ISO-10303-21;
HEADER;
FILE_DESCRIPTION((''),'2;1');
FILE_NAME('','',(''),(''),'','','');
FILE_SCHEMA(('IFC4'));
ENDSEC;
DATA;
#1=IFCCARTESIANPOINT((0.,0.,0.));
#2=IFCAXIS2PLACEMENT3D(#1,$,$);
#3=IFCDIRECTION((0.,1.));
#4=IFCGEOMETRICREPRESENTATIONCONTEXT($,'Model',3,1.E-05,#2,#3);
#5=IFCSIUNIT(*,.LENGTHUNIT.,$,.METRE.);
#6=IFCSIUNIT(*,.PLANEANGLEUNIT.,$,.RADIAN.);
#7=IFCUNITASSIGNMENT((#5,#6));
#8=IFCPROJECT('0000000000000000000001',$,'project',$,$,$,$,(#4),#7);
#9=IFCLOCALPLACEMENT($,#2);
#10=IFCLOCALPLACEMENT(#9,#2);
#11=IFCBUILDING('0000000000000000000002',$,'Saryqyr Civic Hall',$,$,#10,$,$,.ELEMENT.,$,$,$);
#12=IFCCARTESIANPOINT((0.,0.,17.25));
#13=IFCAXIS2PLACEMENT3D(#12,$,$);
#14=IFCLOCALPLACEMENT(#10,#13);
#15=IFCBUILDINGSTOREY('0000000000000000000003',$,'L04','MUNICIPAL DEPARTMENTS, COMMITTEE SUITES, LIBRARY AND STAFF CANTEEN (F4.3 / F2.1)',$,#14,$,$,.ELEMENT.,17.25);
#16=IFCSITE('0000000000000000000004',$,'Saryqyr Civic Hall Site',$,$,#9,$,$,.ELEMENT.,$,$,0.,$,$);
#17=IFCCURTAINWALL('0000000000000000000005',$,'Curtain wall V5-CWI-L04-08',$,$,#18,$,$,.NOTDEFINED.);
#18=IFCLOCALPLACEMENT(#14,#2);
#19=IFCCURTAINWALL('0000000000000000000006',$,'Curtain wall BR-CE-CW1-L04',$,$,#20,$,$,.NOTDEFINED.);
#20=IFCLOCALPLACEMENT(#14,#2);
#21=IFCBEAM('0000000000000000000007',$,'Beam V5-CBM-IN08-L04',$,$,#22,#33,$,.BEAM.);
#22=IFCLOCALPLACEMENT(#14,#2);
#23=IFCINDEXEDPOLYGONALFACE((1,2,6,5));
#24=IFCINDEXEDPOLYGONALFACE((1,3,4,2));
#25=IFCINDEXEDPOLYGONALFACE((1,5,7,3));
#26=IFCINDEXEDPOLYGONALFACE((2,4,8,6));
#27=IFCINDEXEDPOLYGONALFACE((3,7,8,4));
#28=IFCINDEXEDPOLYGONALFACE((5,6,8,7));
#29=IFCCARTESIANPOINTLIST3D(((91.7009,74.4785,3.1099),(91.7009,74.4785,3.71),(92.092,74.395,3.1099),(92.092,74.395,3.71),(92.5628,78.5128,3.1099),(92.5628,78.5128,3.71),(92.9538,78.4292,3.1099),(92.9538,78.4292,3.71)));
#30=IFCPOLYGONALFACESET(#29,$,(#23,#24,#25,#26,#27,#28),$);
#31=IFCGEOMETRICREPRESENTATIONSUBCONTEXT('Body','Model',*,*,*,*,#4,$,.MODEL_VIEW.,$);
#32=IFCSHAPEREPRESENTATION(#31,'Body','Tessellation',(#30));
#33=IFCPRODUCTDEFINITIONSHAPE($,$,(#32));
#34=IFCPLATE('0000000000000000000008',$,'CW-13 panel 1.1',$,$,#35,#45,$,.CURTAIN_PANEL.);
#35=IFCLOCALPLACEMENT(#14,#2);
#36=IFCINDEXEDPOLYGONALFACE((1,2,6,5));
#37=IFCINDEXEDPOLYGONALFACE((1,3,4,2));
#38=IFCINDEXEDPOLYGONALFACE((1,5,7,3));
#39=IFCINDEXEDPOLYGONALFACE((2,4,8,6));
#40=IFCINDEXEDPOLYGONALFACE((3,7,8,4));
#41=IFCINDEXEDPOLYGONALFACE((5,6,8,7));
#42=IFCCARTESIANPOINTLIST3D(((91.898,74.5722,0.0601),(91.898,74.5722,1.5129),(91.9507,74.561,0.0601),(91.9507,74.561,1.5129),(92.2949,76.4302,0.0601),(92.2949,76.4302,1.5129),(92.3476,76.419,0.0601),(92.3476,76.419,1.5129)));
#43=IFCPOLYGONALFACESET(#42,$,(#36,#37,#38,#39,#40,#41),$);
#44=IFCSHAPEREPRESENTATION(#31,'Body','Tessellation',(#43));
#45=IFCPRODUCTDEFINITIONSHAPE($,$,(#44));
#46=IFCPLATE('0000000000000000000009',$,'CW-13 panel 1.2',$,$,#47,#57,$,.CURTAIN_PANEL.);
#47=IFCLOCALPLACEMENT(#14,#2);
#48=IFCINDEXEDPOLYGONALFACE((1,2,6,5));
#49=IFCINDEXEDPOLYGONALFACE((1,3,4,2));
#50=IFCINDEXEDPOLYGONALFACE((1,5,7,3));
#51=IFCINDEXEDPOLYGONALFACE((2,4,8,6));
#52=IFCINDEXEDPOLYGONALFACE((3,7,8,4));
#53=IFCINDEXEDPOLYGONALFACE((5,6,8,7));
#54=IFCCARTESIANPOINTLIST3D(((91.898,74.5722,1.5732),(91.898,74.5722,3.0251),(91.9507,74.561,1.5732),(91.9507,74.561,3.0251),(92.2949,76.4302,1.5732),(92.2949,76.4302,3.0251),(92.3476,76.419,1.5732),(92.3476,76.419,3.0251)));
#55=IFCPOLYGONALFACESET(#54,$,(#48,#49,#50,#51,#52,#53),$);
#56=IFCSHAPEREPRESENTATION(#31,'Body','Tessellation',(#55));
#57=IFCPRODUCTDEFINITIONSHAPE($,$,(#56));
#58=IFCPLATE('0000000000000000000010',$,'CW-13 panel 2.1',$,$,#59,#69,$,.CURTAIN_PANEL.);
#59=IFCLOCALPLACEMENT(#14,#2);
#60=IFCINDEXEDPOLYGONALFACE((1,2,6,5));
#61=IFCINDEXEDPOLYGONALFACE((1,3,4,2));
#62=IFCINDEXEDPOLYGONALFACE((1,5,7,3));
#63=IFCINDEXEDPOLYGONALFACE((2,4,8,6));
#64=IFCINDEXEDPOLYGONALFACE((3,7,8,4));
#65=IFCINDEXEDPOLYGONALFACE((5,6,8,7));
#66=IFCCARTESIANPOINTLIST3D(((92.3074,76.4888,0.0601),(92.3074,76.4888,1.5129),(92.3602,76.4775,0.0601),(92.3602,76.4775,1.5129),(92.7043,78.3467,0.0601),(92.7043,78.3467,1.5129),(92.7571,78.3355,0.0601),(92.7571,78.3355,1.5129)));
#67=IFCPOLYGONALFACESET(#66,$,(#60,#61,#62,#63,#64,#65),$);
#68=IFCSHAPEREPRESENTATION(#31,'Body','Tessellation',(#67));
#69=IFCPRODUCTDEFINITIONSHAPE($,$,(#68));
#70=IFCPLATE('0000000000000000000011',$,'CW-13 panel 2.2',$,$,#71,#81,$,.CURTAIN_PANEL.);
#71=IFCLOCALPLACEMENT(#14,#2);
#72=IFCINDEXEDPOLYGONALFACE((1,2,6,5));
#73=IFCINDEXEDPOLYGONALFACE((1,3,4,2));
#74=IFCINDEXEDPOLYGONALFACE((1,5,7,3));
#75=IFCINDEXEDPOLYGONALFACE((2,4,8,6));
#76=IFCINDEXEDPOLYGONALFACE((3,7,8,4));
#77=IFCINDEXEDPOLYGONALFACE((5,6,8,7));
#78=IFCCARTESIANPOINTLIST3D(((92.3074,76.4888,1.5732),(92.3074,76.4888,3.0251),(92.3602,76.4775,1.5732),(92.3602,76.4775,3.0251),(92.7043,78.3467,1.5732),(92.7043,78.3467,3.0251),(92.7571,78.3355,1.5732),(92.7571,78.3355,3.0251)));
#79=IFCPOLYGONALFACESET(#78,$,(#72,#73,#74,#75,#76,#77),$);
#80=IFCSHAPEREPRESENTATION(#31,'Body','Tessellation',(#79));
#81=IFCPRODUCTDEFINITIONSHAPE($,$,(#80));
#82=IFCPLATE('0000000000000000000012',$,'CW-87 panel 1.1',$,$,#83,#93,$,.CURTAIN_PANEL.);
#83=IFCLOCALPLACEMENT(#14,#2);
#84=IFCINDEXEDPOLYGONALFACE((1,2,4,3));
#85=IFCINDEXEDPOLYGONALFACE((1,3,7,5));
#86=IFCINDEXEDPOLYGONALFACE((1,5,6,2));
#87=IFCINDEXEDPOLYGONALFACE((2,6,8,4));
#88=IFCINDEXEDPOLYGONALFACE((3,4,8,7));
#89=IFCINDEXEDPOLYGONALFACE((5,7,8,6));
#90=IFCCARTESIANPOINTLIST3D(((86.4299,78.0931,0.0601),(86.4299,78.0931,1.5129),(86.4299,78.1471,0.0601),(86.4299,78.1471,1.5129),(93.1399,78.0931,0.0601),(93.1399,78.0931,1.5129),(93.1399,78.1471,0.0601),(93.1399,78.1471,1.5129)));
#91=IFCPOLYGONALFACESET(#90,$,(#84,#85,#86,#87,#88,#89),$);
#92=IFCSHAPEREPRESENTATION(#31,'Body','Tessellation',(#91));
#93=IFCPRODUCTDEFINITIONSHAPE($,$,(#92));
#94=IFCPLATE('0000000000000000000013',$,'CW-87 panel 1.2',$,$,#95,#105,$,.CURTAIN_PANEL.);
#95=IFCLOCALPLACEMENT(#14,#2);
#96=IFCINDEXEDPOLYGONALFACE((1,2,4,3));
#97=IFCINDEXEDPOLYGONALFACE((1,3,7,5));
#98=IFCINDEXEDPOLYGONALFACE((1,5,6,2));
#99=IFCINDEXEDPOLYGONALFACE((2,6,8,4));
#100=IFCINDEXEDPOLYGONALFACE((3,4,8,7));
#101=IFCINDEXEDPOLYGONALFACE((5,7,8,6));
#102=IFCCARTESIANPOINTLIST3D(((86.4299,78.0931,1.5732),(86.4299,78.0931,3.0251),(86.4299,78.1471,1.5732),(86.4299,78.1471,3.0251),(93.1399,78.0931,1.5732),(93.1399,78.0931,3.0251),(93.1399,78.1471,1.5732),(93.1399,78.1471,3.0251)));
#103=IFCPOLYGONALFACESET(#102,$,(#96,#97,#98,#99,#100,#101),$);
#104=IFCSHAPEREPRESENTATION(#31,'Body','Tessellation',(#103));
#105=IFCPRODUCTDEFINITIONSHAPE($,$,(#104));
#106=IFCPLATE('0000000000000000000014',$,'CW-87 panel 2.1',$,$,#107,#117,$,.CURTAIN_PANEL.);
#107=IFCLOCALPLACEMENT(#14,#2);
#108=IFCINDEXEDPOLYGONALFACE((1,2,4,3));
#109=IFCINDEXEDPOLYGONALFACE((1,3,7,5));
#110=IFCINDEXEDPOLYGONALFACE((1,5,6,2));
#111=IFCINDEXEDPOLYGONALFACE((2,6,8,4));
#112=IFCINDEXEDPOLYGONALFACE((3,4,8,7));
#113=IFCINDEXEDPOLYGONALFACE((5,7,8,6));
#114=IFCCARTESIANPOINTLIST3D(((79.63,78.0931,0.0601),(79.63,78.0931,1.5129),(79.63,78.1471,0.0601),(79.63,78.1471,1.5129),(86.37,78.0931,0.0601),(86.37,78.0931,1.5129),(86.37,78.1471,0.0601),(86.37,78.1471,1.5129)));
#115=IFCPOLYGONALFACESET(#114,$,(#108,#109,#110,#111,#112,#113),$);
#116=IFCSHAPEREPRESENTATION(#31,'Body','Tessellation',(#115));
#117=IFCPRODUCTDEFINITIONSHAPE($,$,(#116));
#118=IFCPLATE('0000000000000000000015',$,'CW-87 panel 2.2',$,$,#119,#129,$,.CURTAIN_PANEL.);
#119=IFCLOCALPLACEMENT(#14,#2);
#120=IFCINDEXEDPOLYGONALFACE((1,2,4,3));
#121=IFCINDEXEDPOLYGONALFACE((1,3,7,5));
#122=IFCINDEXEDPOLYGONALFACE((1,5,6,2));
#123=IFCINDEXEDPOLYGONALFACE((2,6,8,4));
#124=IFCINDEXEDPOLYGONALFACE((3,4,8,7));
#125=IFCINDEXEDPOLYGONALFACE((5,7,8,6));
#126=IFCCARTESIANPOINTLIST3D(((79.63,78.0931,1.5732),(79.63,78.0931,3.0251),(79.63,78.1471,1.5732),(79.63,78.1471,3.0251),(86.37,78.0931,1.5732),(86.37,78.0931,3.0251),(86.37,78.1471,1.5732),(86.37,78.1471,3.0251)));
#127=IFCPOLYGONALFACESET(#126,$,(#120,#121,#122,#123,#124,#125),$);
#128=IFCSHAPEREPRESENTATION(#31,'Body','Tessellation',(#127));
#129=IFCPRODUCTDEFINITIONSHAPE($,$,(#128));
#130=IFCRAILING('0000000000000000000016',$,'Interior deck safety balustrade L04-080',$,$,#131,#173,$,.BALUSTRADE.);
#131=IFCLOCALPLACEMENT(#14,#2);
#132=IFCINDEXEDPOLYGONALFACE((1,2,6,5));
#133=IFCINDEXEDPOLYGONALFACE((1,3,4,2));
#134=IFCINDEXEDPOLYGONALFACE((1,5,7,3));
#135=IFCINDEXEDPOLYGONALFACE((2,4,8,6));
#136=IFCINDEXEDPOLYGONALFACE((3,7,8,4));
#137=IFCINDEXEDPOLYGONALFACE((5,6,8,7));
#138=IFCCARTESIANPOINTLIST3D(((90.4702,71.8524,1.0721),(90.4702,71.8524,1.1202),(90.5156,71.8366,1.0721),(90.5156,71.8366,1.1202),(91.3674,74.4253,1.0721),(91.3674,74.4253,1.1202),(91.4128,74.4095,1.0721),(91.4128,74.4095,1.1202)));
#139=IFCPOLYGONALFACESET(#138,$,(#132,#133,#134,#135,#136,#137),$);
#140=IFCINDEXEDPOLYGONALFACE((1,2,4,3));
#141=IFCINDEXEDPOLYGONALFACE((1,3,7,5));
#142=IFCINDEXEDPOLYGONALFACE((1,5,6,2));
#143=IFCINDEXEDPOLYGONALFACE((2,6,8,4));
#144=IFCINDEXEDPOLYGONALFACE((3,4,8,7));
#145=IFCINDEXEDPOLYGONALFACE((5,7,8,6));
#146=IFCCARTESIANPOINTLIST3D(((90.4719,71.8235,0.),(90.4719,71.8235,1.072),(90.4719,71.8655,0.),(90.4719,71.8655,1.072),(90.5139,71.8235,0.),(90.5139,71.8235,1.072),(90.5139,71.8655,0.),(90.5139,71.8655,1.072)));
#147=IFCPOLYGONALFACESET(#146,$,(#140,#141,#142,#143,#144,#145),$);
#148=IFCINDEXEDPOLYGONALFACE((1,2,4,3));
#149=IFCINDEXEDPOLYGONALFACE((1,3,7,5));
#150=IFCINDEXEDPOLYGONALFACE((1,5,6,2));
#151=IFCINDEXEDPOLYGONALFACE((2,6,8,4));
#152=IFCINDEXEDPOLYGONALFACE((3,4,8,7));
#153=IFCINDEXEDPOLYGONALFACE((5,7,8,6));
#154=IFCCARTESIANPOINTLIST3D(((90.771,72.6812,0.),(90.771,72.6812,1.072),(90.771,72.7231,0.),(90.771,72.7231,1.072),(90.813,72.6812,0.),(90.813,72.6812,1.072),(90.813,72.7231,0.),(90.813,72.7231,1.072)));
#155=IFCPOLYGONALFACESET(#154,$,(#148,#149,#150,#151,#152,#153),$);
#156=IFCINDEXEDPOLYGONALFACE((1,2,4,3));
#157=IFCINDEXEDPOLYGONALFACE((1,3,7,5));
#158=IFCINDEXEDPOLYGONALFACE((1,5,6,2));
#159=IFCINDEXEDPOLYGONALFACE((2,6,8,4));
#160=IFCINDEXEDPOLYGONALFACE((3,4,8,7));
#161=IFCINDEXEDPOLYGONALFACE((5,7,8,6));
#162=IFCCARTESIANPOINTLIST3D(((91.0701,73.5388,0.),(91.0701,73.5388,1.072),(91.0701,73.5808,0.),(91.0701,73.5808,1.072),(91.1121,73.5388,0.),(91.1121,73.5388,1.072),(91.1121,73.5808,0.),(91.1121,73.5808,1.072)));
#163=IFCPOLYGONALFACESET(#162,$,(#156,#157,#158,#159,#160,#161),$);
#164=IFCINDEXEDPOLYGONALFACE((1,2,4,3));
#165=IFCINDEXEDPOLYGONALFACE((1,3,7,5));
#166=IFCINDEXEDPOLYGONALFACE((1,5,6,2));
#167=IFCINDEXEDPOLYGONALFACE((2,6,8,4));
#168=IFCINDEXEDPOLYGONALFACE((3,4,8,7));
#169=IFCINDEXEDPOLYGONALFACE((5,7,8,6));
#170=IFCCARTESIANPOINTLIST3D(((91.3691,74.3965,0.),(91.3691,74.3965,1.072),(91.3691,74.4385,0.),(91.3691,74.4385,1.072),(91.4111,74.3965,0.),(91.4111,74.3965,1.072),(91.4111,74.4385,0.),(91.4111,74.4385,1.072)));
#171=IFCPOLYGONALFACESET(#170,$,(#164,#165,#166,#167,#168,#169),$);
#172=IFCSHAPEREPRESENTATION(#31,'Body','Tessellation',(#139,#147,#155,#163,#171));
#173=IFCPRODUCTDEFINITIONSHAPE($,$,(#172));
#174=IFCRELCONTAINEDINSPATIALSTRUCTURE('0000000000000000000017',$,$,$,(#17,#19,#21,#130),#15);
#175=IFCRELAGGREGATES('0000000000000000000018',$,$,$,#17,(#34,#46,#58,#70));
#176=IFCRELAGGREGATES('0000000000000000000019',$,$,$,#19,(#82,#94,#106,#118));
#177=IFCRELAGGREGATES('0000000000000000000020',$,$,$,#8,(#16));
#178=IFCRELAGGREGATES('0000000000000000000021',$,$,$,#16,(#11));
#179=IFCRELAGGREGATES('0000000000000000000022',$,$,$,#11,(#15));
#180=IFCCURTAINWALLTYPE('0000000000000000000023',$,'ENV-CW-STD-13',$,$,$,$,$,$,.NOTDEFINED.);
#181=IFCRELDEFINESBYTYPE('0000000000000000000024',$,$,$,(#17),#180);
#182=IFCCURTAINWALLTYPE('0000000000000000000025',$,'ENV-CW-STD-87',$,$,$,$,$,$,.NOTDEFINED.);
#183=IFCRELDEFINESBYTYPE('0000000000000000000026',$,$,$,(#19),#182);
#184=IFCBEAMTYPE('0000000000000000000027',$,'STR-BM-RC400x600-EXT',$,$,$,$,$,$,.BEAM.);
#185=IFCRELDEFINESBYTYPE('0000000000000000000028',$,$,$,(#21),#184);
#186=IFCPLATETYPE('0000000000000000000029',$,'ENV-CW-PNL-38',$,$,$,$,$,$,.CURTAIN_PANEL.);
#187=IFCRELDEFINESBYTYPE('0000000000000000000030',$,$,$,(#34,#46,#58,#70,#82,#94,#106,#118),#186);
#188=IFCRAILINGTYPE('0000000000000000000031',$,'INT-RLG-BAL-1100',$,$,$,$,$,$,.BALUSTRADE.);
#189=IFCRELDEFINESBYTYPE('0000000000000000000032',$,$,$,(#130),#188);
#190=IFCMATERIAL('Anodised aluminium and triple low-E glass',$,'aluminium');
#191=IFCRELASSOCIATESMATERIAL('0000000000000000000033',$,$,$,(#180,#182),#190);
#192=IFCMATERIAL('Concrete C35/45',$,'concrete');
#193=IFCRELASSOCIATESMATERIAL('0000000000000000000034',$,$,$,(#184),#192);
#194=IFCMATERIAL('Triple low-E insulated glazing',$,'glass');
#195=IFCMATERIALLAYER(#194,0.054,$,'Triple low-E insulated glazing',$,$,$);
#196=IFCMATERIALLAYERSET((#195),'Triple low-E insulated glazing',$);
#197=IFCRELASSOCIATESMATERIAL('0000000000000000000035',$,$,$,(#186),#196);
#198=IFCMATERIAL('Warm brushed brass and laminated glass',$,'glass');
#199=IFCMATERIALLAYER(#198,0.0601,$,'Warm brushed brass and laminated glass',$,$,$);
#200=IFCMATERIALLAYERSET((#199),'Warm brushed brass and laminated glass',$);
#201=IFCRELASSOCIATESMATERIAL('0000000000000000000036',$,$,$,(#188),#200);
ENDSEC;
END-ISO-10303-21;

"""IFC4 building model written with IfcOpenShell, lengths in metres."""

from ifc_helpers import new_model, si_unit, direction, frame, origin, origin_2d, place, context, subcontext, project, spatial, rectangle, extrude, material, layer, layer_set, material_profile, profile_set, type_object, element, aggregate, save


model = new_model("IFC4")

# Units and contexts
model_context = context("Model", 3, precision=1e-05, world=origin(), true_north=direction((0.0, 1.0)))
body_context = subcontext(model_context, "Body", "Model", "MODEL_VIEW")
ifc_project = project(units=[si_unit("LENGTHUNIT", "METRE"), si_unit("PLANEANGLEUNIT", "RADIAN")], contexts=[model_context])

# Site, building, storey
site_placement = place(None, origin())
site = spatial("IfcSite", under=ifc_project, at=site_placement, Name="Saryqyr Civic Hall Site", CompositionType="ELEMENT", RefElevation=0.0)
building_placement = place(site_placement, origin())
building = spatial("IfcBuilding", under=site, at=building_placement, Name="Saryqyr Civic Hall", CompositionType="ELEMENT")
storey_placement = place(building_placement, frame((0.0, 0.0, 17.25)))
storey = spatial("IfcBuildingStorey", under=building, at=storey_placement, Name="L04", Description="MUNICIPAL DEPARTMENTS, COMMITTEE SUITES, LIBRARY AND STAFF CANTEEN (F4.3 / F2.1)", CompositionType="ELEMENT", Elevation=17.25)

# Curtain wall
ifc_material_1 = material(Name="Anodised aluminium and triple low-E glass", Category="aluminium")
curtain_wall_type_1 = type_object("IfcCurtainWallType", Name="ENV-CW-STD-13", PredefinedType="NOTDEFINED", material=ifc_material_1)
curtain_wall_1_placement = place(storey_placement, origin())
curtain_wall_1 = element("IfcCurtainWall", 1, at=curtain_wall_1_placement, inside=storey, type_object=curtain_wall_type_1, Name="Curtain wall V5-CWI-L04-08", PredefinedType="NOTDEFINED")

# Curtain wall
curtain_wall_type_2 = type_object("IfcCurtainWallType", Name="ENV-CW-STD-87", PredefinedType="NOTDEFINED", material=ifc_material_1)
curtain_wall_2_placement = place(storey_placement, origin())
curtain_wall_2 = element("IfcCurtainWall", 2, at=curtain_wall_2_placement, inside=storey, type_object=curtain_wall_type_2, Name="Curtain wall BR-CE-CW1-L04", PredefinedType="NOTDEFINED")

# Beam
ifc_material_2 = material(Name="Concrete C35/45", Category="concrete")
ifc_material_profile_1 = material_profile(ifc_material_2, rectangle(XDim=0.3999, YDim=0.6001, at=origin_2d()), Name="RC 400x600")
ifc_profile_set_1 = profile_set([ifc_material_profile_1], Name="Concrete C35/45")
beam_type = type_object("IfcBeamType", Name="STR-BM-RC400x600-EXT", PredefinedType="BEAM", material=ifc_profile_set_1)
beam_placement = place(storey_placement, frame((91.8965, 74.4368, 3.4099), z_axis=(0.208915, 0.977934, 0.0), x_axis=(-0.977934, 0.208915, 0.0)))
element("IfcBeam", 3, at=beam_placement, inside=storey, type_object=beam_type, Name="Beam V5-CBM-IN08-L04", PredefinedType="BEAM", context=body_context, shape_type="SweptSolid", body=[
    extrude(rectangle(XDim=0.3999, YDim=0.6001, at=origin_2d()), origin(), (0.0, 0.0, 1.0), 4.1252),
])

# Plates
ifc_material_3 = material(Name="Triple low-E insulated glazing", Category="glass")
ifc_layer_1 = layer(ifc_material_3, 0.054, Name="Triple low-E insulated glazing")
ifc_layer_set_1 = layer_set([ifc_layer_1], Name="Triple low-E insulated glazing")
plate_type = type_object("IfcPlateType", Name="ENV-CW-PNL-38", PredefinedType="CURTAIN_PANEL", material=ifc_layer_set_1)
plate_1_placement = place(storey_placement, frame((92.1228, 75.4956, 0.0601), z_axis=(0.0, 0.0, 1.0), x_axis=(0.208899, 0.977937, 0.0)))
plate_1 = element("IfcPlate", 4, at=plate_1_placement, type_object=plate_type, Name="CW-13 panel 1.1", PredefinedType="CURTAIN_PANEL", context=body_context, shape_type="SweptSolid", body=[
    extrude(rectangle(XDim=1.8999, YDim=0.054, at=origin_2d()), origin(), (0.0, 0.0, 1.0), 1.4529),
])
plate_2_placement = place(storey_placement, frame((92.1228, 75.4956, 1.5732), z_axis=(0.0, 0.0, 1.0), x_axis=(0.208899, 0.977937, 0.0)))
plate_2 = element("IfcPlate", 5, at=plate_2_placement, type_object=plate_type, Name="CW-13 panel 1.2", PredefinedType="CURTAIN_PANEL", context=body_context, shape_type="SweptSolid", body=[
    extrude(rectangle(XDim=1.8999, YDim=0.054, at=origin_2d()), origin(), (0.0, 0.0, 1.0), 1.4519),
])
plate_3_placement = place(storey_placement, frame((92.5322, 77.4121, 0.0601), z_axis=(0.0, 0.0, 1.0), x_axis=(0.208899, 0.977937, 0.0)))
plate_3 = element("IfcPlate", 6, at=plate_3_placement, type_object=plate_type, Name="CW-13 panel 2.1", PredefinedType="CURTAIN_PANEL", context=body_context, shape_type="SweptSolid", body=[
    extrude(rectangle(XDim=1.8999, YDim=0.054, at=origin_2d()), origin(), (0.0, 0.0, 1.0), 1.4529),
])
plate_4_placement = place(storey_placement, frame((92.5322, 77.4121, 1.5732), z_axis=(0.0, 0.0, 1.0), x_axis=(0.208899, 0.977937, 0.0)))
plate_4 = element("IfcPlate", 7, at=plate_4_placement, type_object=plate_type, Name="CW-13 panel 2.2", PredefinedType="CURTAIN_PANEL", context=body_context, shape_type="SweptSolid", body=[
    extrude(rectangle(XDim=1.8999, YDim=0.054, at=origin_2d()), origin(), (0.0, 0.0, 1.0), 1.4519),
])
aggregate(curtain_wall_1, [plate_1, plate_2, plate_3, plate_4])
plate_5_placement = place(storey_placement, frame((89.7849, 78.1201, 0.0601), z_axis=(0.0, 0.0, 1.0), x_axis=(-1.0, 0.0, 0.0)))
plate_5 = element("IfcPlate", 8, at=plate_5_placement, type_object=plate_type, Name="CW-87 panel 1.1", PredefinedType="CURTAIN_PANEL", context=body_context, shape_type="SweptSolid", body=[
    extrude(rectangle(XDim=6.71, YDim=0.054, at=origin_2d()), origin(), (0.0, 0.0, 1.0), 1.4529),
])
plate_6_placement = place(storey_placement, frame((89.7849, 78.1201, 1.5732), z_axis=(0.0, 0.0, 1.0), x_axis=(-1.0, 0.0, 0.0)))
plate_6 = element("IfcPlate", 9, at=plate_6_placement, type_object=plate_type, Name="CW-87 panel 1.2", PredefinedType="CURTAIN_PANEL", context=body_context, shape_type="SweptSolid", body=[
    extrude(rectangle(XDim=6.71, YDim=0.054, at=origin_2d()), origin(), (0.0, 0.0, 1.0), 1.4519),
])
plate_7_placement = place(storey_placement, frame((83.0, 78.1201, 0.0601), z_axis=(0.0, 0.0, 1.0), x_axis=(-1.0, 0.0, 0.0)))
plate_7 = element("IfcPlate", 10, at=plate_7_placement, type_object=plate_type, Name="CW-87 panel 2.1", PredefinedType="CURTAIN_PANEL", context=body_context, shape_type="SweptSolid", body=[
    extrude(rectangle(XDim=6.74, YDim=0.054, at=origin_2d()), origin(), (0.0, 0.0, 1.0), 1.4529),
])
plate_8_placement = place(storey_placement, frame((83.0, 78.1201, 1.5732), z_axis=(0.0, 0.0, 1.0), x_axis=(-1.0, 0.0, 0.0)))
plate_8 = element("IfcPlate", 11, at=plate_8_placement, type_object=plate_type, Name="CW-87 panel 2.2", PredefinedType="CURTAIN_PANEL", context=body_context, shape_type="SweptSolid", body=[
    extrude(rectangle(XDim=6.74, YDim=0.054, at=origin_2d()), origin(), (0.0, 0.0, 1.0), 1.4519),
])
aggregate(curtain_wall_2, [plate_5, plate_6, plate_7, plate_8])

# Railing
ifc_material_4 = material(Name="Warm brushed brass and laminated glass", Category="glass")
ifc_layer_2 = layer(ifc_material_4, 0.0601, Name="Warm brushed brass and laminated glass")
ifc_layer_set_2 = layer_set([ifc_layer_2], Name="Warm brushed brass and laminated glass")
railing_type = type_object("IfcRailingType", Name="INT-RLG-BAL-1100", PredefinedType="BALUSTRADE", material=ifc_layer_set_2)
railing_1_placement = place(storey_placement, frame((90.4929, 71.8445, 0.0)))
element("IfcRailing", 12, at=railing_1_placement, inside=storey, type_object=railing_type, Name="Interior deck safety balustrade L04-080", PredefinedType="BALUSTRADE", context=body_context, shape_type="SweptSolid", body=[
    extrude(rectangle(XDim=0.0481, YDim=0.0481, at=origin_2d()), frame((0.0, 0.0, 1.0962), z_axis=(0.329261, 0.944239, 0.0), x_axis=(-0.944239, 0.329261, 0.0)), (0.0, 0.0, 1.0), 2.7249),
    extrude(rectangle(XDim=0.042, YDim=0.042, at=origin_2d()), origin(), (0.0, 0.0, 1.0), 1.072),
    extrude(rectangle(XDim=0.042, YDim=0.042, at=origin_2d()), frame((0.2991, 0.8577, 0.0)), (0.0, 0.0, 1.0), 1.072),
    extrude(rectangle(XDim=0.042, YDim=0.042, at=origin_2d()), frame((0.5981, 1.7153, 0.0)), (0.0, 0.0, 1.0), 1.072),
    extrude(rectangle(XDim=0.042, YDim=0.042, at=origin_2d()), frame((0.8972, 2.573, 0.0)), (0.0, 0.0, 1.0), 1.072),
])

save(model, "model.ifc")
